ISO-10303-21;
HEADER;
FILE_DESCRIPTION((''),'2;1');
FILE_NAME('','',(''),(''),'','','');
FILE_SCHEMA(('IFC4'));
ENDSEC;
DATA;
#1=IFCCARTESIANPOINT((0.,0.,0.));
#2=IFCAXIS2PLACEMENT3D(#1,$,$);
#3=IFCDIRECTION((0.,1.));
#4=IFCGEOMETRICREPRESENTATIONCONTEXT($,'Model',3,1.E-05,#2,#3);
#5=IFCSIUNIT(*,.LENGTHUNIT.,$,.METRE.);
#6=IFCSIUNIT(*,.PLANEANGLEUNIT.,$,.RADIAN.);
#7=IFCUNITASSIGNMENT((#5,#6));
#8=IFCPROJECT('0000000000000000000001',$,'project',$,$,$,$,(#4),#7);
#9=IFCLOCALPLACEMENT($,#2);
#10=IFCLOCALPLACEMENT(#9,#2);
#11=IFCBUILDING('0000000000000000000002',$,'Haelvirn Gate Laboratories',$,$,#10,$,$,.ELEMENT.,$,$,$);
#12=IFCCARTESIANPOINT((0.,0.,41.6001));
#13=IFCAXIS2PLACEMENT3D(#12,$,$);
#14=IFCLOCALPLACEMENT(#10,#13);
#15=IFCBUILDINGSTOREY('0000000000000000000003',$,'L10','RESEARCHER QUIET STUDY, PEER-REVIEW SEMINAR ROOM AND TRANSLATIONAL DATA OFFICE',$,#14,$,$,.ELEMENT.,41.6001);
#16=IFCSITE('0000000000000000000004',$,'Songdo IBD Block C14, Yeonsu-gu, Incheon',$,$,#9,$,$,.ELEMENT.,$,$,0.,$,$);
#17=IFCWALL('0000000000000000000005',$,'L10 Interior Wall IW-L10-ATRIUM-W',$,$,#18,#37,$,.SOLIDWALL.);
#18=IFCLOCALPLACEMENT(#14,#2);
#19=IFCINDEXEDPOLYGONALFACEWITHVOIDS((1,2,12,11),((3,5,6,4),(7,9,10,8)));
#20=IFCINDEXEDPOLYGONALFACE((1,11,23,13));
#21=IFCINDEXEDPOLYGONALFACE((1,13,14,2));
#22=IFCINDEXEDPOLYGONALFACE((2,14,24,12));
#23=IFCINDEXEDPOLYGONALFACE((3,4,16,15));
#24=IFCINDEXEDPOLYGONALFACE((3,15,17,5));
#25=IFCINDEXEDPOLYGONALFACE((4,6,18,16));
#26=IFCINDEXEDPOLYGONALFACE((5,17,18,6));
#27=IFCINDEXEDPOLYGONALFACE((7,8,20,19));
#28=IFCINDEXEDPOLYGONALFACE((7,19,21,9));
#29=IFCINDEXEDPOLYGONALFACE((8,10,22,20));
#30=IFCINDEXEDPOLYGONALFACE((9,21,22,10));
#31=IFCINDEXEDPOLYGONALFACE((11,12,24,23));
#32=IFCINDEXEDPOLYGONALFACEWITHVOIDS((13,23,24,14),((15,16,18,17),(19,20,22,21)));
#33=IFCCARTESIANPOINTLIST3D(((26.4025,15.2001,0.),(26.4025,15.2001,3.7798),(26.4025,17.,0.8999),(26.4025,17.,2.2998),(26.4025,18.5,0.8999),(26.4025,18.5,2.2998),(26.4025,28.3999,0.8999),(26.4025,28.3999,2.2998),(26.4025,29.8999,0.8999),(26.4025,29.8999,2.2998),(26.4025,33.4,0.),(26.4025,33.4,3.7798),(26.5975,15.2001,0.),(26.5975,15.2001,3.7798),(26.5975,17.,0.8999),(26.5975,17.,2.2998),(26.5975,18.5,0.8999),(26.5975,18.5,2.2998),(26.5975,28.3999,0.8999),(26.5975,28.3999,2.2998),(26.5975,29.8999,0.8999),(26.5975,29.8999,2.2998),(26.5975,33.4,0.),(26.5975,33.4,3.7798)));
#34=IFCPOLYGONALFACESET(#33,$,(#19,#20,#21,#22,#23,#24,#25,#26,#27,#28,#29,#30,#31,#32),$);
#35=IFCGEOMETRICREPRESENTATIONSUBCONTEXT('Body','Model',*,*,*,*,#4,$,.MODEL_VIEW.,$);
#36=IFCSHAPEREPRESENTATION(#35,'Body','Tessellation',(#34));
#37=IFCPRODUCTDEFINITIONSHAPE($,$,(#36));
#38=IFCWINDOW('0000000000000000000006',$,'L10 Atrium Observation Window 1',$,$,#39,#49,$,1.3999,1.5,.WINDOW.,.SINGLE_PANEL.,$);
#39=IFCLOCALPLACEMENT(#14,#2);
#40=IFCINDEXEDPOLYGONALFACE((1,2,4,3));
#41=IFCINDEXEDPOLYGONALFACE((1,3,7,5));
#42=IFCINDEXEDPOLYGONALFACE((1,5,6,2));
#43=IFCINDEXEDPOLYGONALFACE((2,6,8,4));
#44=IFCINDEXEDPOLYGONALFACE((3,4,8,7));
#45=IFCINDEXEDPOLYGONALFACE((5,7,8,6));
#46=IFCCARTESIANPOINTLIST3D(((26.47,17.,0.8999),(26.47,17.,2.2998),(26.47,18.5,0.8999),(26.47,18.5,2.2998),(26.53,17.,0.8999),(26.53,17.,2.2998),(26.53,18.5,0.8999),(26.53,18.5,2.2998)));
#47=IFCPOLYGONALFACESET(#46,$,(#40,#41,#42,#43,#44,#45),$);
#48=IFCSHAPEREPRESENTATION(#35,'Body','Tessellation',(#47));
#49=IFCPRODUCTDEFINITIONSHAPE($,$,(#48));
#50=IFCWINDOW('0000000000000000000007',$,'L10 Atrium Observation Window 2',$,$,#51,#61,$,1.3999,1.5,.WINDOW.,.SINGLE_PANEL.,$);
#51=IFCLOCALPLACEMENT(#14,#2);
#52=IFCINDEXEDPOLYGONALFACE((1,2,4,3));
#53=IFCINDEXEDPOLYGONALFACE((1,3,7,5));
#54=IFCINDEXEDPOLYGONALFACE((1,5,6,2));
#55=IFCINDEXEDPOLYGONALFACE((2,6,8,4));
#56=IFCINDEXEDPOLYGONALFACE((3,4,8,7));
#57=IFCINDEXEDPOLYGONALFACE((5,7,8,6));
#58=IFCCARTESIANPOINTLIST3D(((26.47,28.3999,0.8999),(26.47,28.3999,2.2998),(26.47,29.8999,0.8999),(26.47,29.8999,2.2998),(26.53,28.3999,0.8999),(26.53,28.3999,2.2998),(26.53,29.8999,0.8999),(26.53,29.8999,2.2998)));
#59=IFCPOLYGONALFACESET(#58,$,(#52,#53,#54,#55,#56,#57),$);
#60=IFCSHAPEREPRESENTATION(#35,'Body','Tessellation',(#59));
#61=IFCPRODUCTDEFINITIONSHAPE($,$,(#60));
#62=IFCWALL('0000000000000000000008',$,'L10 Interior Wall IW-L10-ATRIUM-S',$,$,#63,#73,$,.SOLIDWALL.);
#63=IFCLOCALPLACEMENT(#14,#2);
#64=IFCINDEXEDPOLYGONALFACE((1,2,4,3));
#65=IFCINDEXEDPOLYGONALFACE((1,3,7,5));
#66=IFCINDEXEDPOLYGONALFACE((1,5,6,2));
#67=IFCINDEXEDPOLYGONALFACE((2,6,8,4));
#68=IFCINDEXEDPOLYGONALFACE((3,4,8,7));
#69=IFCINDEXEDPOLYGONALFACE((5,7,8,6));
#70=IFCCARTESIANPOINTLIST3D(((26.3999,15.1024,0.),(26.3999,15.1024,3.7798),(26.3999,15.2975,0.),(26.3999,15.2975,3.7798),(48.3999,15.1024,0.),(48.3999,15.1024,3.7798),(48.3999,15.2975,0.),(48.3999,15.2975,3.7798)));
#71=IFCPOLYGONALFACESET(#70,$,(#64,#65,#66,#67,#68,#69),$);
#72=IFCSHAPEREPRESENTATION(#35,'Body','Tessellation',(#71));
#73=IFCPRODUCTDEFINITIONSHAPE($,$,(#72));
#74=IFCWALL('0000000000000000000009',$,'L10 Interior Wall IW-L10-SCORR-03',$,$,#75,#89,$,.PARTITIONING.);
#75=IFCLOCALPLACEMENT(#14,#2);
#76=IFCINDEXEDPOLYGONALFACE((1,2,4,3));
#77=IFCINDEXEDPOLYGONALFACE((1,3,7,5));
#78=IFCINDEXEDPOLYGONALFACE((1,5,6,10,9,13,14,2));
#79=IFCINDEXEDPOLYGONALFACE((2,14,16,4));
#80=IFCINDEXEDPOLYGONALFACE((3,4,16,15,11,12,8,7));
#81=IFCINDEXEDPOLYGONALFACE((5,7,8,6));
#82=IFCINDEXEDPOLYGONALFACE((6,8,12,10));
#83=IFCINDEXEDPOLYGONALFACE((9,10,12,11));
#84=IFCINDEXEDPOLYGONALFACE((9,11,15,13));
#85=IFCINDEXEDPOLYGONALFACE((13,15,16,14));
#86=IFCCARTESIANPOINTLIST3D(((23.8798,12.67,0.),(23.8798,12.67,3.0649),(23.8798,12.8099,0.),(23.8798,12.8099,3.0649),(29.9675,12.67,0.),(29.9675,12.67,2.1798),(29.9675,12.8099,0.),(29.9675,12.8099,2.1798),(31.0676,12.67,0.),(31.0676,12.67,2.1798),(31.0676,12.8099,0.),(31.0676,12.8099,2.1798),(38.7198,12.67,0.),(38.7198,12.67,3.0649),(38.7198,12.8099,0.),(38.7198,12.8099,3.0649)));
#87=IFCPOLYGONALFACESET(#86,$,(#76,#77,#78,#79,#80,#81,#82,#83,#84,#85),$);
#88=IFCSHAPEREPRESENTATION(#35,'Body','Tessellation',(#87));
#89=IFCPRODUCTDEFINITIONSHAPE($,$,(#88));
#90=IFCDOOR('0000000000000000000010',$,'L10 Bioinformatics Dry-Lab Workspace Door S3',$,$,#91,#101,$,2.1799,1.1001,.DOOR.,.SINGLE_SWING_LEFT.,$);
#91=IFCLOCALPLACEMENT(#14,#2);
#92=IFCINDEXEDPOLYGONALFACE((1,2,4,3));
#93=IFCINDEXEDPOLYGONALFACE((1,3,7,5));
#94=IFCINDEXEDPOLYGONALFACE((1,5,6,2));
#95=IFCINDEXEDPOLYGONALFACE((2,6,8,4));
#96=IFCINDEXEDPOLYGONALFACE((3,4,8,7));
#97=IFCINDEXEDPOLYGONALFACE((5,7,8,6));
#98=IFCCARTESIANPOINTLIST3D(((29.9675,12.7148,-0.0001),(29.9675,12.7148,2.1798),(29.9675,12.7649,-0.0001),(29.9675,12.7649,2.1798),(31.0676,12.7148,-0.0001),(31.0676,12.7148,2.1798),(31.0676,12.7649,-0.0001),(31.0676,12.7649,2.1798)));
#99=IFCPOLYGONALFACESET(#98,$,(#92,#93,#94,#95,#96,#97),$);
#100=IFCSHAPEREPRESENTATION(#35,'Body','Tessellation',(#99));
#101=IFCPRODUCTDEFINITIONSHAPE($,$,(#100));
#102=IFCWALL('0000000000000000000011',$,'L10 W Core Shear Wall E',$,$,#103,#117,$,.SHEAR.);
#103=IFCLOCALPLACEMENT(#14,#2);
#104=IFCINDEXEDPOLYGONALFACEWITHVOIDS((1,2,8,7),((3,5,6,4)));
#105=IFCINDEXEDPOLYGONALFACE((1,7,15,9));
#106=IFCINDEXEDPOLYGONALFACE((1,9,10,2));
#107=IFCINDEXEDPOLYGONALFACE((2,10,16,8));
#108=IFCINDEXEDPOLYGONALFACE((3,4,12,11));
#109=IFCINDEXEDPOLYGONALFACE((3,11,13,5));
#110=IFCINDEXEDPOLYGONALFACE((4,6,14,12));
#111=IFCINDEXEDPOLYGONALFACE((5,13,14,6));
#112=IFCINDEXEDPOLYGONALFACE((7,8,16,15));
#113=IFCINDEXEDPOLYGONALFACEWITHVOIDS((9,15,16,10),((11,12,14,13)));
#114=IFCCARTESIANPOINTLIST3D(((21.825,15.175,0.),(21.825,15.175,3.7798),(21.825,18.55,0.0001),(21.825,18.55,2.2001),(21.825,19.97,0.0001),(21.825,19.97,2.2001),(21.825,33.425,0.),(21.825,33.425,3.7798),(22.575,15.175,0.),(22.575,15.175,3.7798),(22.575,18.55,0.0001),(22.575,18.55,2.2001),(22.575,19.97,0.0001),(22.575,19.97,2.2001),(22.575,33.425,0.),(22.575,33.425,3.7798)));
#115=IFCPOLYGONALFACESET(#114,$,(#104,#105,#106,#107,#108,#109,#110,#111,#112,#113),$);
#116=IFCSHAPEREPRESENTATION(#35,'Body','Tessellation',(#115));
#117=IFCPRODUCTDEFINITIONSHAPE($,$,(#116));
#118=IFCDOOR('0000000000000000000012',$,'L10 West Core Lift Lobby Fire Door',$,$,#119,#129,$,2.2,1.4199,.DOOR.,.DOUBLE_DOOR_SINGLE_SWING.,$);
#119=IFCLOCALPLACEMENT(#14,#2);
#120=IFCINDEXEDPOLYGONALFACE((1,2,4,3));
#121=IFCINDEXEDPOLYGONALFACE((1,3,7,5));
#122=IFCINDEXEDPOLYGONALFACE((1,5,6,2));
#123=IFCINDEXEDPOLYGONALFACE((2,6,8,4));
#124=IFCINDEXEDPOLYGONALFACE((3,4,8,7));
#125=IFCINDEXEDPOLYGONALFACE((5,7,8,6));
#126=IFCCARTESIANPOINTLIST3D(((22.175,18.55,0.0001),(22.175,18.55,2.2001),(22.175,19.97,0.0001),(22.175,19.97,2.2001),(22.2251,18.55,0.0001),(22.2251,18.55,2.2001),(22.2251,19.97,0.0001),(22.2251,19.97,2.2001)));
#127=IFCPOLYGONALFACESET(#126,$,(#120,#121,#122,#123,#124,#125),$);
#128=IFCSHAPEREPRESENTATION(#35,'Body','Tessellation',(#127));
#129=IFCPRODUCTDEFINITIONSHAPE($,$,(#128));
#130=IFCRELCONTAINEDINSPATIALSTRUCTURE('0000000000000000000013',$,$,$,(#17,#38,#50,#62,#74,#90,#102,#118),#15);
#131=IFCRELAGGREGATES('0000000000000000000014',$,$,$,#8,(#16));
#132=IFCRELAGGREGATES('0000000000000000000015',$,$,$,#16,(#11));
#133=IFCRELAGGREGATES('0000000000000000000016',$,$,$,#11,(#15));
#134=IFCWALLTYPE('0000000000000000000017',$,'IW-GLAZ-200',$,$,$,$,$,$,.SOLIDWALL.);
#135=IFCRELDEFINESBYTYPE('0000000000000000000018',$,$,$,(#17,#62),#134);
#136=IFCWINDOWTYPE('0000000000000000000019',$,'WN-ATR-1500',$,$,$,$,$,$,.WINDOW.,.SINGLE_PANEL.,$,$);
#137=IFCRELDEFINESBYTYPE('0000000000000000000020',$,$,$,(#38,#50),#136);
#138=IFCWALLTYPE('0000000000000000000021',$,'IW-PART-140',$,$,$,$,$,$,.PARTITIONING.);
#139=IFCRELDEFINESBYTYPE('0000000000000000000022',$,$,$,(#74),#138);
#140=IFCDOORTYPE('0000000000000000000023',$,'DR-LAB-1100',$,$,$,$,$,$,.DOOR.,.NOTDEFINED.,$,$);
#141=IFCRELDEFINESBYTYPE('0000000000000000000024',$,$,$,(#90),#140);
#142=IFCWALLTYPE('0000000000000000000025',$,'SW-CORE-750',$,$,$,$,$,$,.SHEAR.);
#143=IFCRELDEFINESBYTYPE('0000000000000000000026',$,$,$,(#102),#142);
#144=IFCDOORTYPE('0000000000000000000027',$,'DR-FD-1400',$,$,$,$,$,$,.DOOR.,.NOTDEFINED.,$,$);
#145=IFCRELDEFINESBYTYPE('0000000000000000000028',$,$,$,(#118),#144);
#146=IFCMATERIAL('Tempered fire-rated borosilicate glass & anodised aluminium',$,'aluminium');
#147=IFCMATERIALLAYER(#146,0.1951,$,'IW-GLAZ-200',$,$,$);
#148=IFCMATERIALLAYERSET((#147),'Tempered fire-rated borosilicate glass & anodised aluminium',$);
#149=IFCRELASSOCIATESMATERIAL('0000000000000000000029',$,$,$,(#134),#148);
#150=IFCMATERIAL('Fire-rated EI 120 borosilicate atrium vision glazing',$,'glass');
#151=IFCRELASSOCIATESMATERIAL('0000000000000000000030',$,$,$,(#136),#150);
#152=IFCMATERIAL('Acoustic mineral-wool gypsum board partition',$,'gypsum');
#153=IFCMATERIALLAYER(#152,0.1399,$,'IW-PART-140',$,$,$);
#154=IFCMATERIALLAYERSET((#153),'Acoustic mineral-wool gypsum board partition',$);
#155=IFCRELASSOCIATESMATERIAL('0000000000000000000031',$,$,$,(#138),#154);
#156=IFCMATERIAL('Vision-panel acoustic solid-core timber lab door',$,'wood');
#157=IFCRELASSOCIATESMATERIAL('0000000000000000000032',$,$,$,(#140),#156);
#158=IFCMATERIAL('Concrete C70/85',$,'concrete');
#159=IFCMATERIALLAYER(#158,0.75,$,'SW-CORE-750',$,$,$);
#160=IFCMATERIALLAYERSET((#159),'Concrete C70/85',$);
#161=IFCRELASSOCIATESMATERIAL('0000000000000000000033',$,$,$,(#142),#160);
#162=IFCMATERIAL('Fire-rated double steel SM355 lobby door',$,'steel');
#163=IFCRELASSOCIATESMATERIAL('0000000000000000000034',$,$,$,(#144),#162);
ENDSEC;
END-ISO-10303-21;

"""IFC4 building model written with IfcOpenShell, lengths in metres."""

from ifc_helpers import new_model, si_unit, direction, frame, frame_2d, origin, place, context, subcontext, project, spatial, rectangle, extrude, source, transform, mapped, material, layer, layer_set, type_object, type_shapes, element, fill, save


model = new_model("IFC4")

# Units and contexts
model_context = context("Model", 3, precision=1e-05, world=origin(), true_north=direction((0.0, 1.0)))
body_context = subcontext(model_context, "Body", "Model", "MODEL_VIEW")
ifc_project = project(units=[si_unit("LENGTHUNIT", "METRE"), si_unit("PLANEANGLEUNIT", "RADIAN")], contexts=[model_context])

# Site, building, storey
site_placement = place(None, origin())
site = spatial("IfcSite", under=ifc_project, at=site_placement, Name="Songdo IBD Block C14, Yeonsu-gu, Incheon", CompositionType="ELEMENT", RefElevation=0.0)
building_placement = place(site_placement, origin())
building = spatial("IfcBuilding", under=site, at=building_placement, Name="Haelvirn Gate Laboratories", CompositionType="ELEMENT")
storey_placement = place(building_placement, frame((0.0, 0.0, 41.6001)))
storey = spatial("IfcBuildingStorey", under=building, at=storey_placement, Name="L10", Description="RESEARCHER QUIET STUDY, PEER-REVIEW SEMINAR ROOM AND TRANSLATIONAL DATA OFFICE", CompositionType="ELEMENT", Elevation=41.6001)

# Wall, openings, windows
ifc_material_1 = material(Name="Tempered fire-rated borosilicate glass & anodised aluminium", Category="aluminium")
ifc_layer_1 = layer(ifc_material_1, 0.1951, Name="IW-GLAZ-200")
ifc_layer_set_1 = layer_set([ifc_layer_1], Name="Tempered fire-rated borosilicate glass & anodised aluminium")
wall_type_1 = type_object("IfcWallType", Name="IW-GLAZ-200", PredefinedType="SOLIDWALL", material=ifc_layer_set_1)
wall_1_placement = place(storey_placement, frame((26.5, 15.2, 0.0), z_axis=(0.0, 0.0, 1.0), x_axis=(0.0, 1.0, 0.0)))
wall_1 = element("IfcWall", 1, at=wall_1_placement, inside=storey, type_object=wall_type_1, Name="L10 Interior Wall IW-L10-ATRIUM-W", PredefinedType="SOLIDWALL", context=body_context, shape_type="SweptSolid", body=[
    extrude(rectangle(XDim=18.2, YDim=0.1951, at=frame_2d((9.1001, 0.0))), origin(), (0.0, 0.0, 1.0), 3.7798),
])
opening_1_placement = place(wall_1_placement, frame((1.8, 0.0, 0.8999)))
opening_1 = element("IfcOpeningElement", 2, at=opening_1_placement, cuts=wall_1, PredefinedType="OPENING", context=body_context, shape_type="SweptSolid", body=[
    extrude(rectangle(XDim=1.5, YDim=1.3999, at=frame_2d((0.75, 0.7))), frame((0.0, 0.1074, 0.0), z_axis=(0.0, -1.0, 0.0), x_axis=(1.0, 0.0, 0.0)), (0.0, 0.0, 1.0), 0.2151),
])
opening_2_placement = place(wall_1_placement, frame((13.2, 0.0, 0.8999)))
opening_2 = element("IfcOpeningElement", 3, at=opening_2_placement, cuts=wall_1, PredefinedType="OPENING", context=body_context, shape_type="SweptSolid", body=[
    extrude(rectangle(XDim=1.5, YDim=1.3999, at=frame_2d((0.75, 0.7))), frame((0.0, 0.1074, 0.0), z_axis=(0.0, -1.0, 0.0), x_axis=(1.0, 0.0, 0.0)), (0.0, 0.0, 1.0), 0.2151),
])
ifc_material_2 = material(Name="Fire-rated EI 120 borosilicate atrium vision glazing", Category="glass")
window_type = type_object("IfcWindowType", Name="WN-ATR-1500", PartitioningType="SINGLE_PANEL", PredefinedType="WINDOW", material=ifc_material_2)
shared_shape_1 = source(origin(), body_context, "Body", "SweptSolid", [
    extrude(rectangle(XDim=1.5, YDim=1.3999, at=frame_2d((0.75, 0.7))), frame((0.0, 0.03, 0.0), z_axis=(0.0, -1.0, 0.0), x_axis=(1.0, 0.0, 0.0)), (0.0, 0.0, 1.0), 0.0601),
])
type_shapes(window_type, [shared_shape_1])
window_1_placement = place(opening_1_placement, origin())
window_1 = element("IfcWindow", 4, at=window_1_placement, inside=storey, type_object=window_type, Name="L10 Atrium Observation Window 1", OverallHeight=1.3999, OverallWidth=1.5, PartitioningType="SINGLE_PANEL", PredefinedType="WINDOW", context=body_context, shape_type="MappedRepresentation", body=[
    mapped(shared_shape_1, transform((0.0, 0.0, 0.0), scale=1.0)),
])
fill(opening_1, window_1)
window_2_placement = place(opening_2_placement, origin())
window_2 = element("IfcWindow", 5, at=window_2_placement, inside=storey, type_object=window_type, Name="L10 Atrium Observation Window 2", OverallHeight=1.3999, OverallWidth=1.5, PartitioningType="SINGLE_PANEL", PredefinedType="WINDOW", context=body_context, shape_type="MappedRepresentation", body=[
    mapped(shared_shape_1, transform((0.0, 0.0, 0.0), scale=1.0)),
])
fill(opening_2, window_2)

# Wall
wall_2_placement = place(storey_placement, frame((26.3999, 15.2, 0.0), z_axis=(0.0, 0.0, 1.0), x_axis=(1.0, 0.0, 0.0)))
element("IfcWall", 6, at=wall_2_placement, inside=storey, type_object=wall_type_1, Name="L10 Interior Wall IW-L10-ATRIUM-S", PredefinedType="SOLIDWALL", context=body_context, shape_type="SweptSolid", body=[
    extrude(rectangle(XDim=22.0, YDim=0.1951, at=frame_2d((11.0, 0.0))), origin(), (0.0, 0.0, 1.0), 3.7798),
])

# Walls, openings, doors
ifc_material_3 = material(Name="Acoustic mineral-wool gypsum board partition", Category="gypsum")
ifc_layer_2 = layer(ifc_material_3, 0.1399, Name="IW-PART-140")
ifc_layer_set_2 = layer_set([ifc_layer_2], Name="Acoustic mineral-wool gypsum board partition")
wall_type_2 = type_object("IfcWallType", Name="IW-PART-140", PredefinedType="PARTITIONING", material=ifc_layer_set_2)
wall_3_placement = place(storey_placement, frame((23.8799, 12.74, 0.0), z_axis=(0.0, 0.0, 1.0), x_axis=(1.0, 0.0, 0.0)))
wall_3 = element("IfcWall", 7, at=wall_3_placement, inside=storey, type_object=wall_type_2, Name="L10 Interior Wall IW-L10-SCORR-03", PredefinedType="PARTITIONING", context=body_context, shape_type="SweptSolid", body=[
    extrude(rectangle(XDim=14.8401, YDim=0.1399, at=frame_2d((7.4199, 0.0))), origin(), (0.0, 0.0, 1.0), 3.0649),
])
opening_3_placement = place(wall_3_placement, frame((6.0876, 0.0, 0.0)))
opening_3 = element("IfcOpeningElement", 8, at=opening_3_placement, cuts=wall_3, PredefinedType="OPENING", context=body_context, shape_type="SweptSolid", body=[
    extrude(rectangle(XDim=1.1001, YDim=2.1799, at=frame_2d((0.55, 1.0898))), frame((0.0, 0.0801, 0.0), z_axis=(0.0, -1.0, 0.0), x_axis=(1.0, 0.0, 0.0)), (0.0, 0.0, 1.0), 0.1599),
])
ifc_material_4 = material(Name="Vision-panel acoustic solid-core timber lab door", Category="wood")
door_type_1 = type_object("IfcDoorType", Name="DR-LAB-1100", OperationType="NOTDEFINED", PredefinedType="DOOR", material=ifc_material_4)
shared_shape_2 = source(origin(), body_context, "Body", "SweptSolid", [
    extrude(rectangle(XDim=1.1001, YDim=2.1799, at=frame_2d((0.55, 1.0898))), frame((0.0, 0.0249, 0.0), z_axis=(0.0, -1.0, 0.0), x_axis=(1.0, 0.0, 0.0)), (0.0, 0.0, 1.0), 0.05),
])
type_shapes(door_type_1, [shared_shape_2])
door_1_placement = place(opening_3_placement, origin())
door_1 = element("IfcDoor", 9, at=door_1_placement, inside=storey, type_object=door_type_1, Name="L10 Bioinformatics Dry-Lab Workspace Door S3", OperationType="SINGLE_SWING_LEFT", OverallHeight=2.1799, OverallWidth=1.1001, PredefinedType="DOOR", context=body_context, shape_type="MappedRepresentation", body=[
    mapped(shared_shape_2, transform((0.0, 0.0, 0.0), scale=1.0)),
])
fill(opening_3, door_1)
ifc_material_5 = material(Name="Concrete C70/85", Category="concrete")
ifc_layer_3 = layer(ifc_material_5, 0.75, Name="SW-CORE-750")
ifc_layer_set_3 = layer_set([ifc_layer_3], Name="Concrete C70/85")
wall_type_3 = type_object("IfcWallType", Name="SW-CORE-750", PredefinedType="SHEAR", material=ifc_layer_set_3)
wall_4_placement = place(storey_placement, frame((22.2, 15.175, 0.0), z_axis=(0.0, 0.0, 1.0), x_axis=(0.0, 1.0, 0.0)))
wall_4 = element("IfcWall", 10, at=wall_4_placement, inside=storey, type_object=wall_type_3, Name="L10 W Core Shear Wall E", PredefinedType="SHEAR", context=body_context, shape_type="SweptSolid", body=[
    extrude(rectangle(XDim=18.25, YDim=0.75, at=frame_2d((9.125, 0.0))), origin(), (0.0, 0.0, 1.0), 3.7798),
])
opening_4_placement = place(wall_4_placement, frame((3.375, 0.0, 0.0)))
opening_4 = element("IfcOpeningElement", 11, at=opening_4_placement, cuts=wall_4, PredefinedType="OPENING", context=body_context, shape_type="SweptSolid", body=[
    extrude(rectangle(XDim=1.4199, YDim=2.2, at=frame_2d((0.71, 1.1001))), frame((0.0, 0.385, 0.0), z_axis=(0.0, -1.0, 0.0), x_axis=(1.0, 0.0, 0.0)), (0.0, 0.0, 1.0), 0.77),
])
ifc_material_6 = material(Name="Fire-rated double steel SM355 lobby door", Category="steel")
door_type_2 = type_object("IfcDoorType", Name="DR-FD-1400", OperationType="NOTDEFINED", PredefinedType="DOOR", material=ifc_material_6)
shared_shape_3 = source(origin(), body_context, "Body", "SweptSolid", [
    extrude(rectangle(XDim=1.4199, YDim=2.2, at=frame_2d((0.71, 1.1001))), frame((0.0, 0.0249, 0.0), z_axis=(0.0, -1.0, 0.0), x_axis=(1.0, 0.0, 0.0)), (0.0, 0.0, 1.0), 0.05),
])
type_shapes(door_type_2, [shared_shape_3])
door_2_placement = place(opening_4_placement, origin())
door_2 = element("IfcDoor", 12, at=door_2_placement, inside=storey, type_object=door_type_2, Name="L10 West Core Lift Lobby Fire Door", OperationType="DOUBLE_DOOR_SINGLE_SWING", OverallHeight=2.2, OverallWidth=1.4199, PredefinedType="DOOR", context=body_context, shape_type="MappedRepresentation", body=[
    mapped(shared_shape_3, transform((0.0, 0.0, 0.0), scale=1.0)),
])
fill(opening_4, door_2)

save(model, "model.ifc")
